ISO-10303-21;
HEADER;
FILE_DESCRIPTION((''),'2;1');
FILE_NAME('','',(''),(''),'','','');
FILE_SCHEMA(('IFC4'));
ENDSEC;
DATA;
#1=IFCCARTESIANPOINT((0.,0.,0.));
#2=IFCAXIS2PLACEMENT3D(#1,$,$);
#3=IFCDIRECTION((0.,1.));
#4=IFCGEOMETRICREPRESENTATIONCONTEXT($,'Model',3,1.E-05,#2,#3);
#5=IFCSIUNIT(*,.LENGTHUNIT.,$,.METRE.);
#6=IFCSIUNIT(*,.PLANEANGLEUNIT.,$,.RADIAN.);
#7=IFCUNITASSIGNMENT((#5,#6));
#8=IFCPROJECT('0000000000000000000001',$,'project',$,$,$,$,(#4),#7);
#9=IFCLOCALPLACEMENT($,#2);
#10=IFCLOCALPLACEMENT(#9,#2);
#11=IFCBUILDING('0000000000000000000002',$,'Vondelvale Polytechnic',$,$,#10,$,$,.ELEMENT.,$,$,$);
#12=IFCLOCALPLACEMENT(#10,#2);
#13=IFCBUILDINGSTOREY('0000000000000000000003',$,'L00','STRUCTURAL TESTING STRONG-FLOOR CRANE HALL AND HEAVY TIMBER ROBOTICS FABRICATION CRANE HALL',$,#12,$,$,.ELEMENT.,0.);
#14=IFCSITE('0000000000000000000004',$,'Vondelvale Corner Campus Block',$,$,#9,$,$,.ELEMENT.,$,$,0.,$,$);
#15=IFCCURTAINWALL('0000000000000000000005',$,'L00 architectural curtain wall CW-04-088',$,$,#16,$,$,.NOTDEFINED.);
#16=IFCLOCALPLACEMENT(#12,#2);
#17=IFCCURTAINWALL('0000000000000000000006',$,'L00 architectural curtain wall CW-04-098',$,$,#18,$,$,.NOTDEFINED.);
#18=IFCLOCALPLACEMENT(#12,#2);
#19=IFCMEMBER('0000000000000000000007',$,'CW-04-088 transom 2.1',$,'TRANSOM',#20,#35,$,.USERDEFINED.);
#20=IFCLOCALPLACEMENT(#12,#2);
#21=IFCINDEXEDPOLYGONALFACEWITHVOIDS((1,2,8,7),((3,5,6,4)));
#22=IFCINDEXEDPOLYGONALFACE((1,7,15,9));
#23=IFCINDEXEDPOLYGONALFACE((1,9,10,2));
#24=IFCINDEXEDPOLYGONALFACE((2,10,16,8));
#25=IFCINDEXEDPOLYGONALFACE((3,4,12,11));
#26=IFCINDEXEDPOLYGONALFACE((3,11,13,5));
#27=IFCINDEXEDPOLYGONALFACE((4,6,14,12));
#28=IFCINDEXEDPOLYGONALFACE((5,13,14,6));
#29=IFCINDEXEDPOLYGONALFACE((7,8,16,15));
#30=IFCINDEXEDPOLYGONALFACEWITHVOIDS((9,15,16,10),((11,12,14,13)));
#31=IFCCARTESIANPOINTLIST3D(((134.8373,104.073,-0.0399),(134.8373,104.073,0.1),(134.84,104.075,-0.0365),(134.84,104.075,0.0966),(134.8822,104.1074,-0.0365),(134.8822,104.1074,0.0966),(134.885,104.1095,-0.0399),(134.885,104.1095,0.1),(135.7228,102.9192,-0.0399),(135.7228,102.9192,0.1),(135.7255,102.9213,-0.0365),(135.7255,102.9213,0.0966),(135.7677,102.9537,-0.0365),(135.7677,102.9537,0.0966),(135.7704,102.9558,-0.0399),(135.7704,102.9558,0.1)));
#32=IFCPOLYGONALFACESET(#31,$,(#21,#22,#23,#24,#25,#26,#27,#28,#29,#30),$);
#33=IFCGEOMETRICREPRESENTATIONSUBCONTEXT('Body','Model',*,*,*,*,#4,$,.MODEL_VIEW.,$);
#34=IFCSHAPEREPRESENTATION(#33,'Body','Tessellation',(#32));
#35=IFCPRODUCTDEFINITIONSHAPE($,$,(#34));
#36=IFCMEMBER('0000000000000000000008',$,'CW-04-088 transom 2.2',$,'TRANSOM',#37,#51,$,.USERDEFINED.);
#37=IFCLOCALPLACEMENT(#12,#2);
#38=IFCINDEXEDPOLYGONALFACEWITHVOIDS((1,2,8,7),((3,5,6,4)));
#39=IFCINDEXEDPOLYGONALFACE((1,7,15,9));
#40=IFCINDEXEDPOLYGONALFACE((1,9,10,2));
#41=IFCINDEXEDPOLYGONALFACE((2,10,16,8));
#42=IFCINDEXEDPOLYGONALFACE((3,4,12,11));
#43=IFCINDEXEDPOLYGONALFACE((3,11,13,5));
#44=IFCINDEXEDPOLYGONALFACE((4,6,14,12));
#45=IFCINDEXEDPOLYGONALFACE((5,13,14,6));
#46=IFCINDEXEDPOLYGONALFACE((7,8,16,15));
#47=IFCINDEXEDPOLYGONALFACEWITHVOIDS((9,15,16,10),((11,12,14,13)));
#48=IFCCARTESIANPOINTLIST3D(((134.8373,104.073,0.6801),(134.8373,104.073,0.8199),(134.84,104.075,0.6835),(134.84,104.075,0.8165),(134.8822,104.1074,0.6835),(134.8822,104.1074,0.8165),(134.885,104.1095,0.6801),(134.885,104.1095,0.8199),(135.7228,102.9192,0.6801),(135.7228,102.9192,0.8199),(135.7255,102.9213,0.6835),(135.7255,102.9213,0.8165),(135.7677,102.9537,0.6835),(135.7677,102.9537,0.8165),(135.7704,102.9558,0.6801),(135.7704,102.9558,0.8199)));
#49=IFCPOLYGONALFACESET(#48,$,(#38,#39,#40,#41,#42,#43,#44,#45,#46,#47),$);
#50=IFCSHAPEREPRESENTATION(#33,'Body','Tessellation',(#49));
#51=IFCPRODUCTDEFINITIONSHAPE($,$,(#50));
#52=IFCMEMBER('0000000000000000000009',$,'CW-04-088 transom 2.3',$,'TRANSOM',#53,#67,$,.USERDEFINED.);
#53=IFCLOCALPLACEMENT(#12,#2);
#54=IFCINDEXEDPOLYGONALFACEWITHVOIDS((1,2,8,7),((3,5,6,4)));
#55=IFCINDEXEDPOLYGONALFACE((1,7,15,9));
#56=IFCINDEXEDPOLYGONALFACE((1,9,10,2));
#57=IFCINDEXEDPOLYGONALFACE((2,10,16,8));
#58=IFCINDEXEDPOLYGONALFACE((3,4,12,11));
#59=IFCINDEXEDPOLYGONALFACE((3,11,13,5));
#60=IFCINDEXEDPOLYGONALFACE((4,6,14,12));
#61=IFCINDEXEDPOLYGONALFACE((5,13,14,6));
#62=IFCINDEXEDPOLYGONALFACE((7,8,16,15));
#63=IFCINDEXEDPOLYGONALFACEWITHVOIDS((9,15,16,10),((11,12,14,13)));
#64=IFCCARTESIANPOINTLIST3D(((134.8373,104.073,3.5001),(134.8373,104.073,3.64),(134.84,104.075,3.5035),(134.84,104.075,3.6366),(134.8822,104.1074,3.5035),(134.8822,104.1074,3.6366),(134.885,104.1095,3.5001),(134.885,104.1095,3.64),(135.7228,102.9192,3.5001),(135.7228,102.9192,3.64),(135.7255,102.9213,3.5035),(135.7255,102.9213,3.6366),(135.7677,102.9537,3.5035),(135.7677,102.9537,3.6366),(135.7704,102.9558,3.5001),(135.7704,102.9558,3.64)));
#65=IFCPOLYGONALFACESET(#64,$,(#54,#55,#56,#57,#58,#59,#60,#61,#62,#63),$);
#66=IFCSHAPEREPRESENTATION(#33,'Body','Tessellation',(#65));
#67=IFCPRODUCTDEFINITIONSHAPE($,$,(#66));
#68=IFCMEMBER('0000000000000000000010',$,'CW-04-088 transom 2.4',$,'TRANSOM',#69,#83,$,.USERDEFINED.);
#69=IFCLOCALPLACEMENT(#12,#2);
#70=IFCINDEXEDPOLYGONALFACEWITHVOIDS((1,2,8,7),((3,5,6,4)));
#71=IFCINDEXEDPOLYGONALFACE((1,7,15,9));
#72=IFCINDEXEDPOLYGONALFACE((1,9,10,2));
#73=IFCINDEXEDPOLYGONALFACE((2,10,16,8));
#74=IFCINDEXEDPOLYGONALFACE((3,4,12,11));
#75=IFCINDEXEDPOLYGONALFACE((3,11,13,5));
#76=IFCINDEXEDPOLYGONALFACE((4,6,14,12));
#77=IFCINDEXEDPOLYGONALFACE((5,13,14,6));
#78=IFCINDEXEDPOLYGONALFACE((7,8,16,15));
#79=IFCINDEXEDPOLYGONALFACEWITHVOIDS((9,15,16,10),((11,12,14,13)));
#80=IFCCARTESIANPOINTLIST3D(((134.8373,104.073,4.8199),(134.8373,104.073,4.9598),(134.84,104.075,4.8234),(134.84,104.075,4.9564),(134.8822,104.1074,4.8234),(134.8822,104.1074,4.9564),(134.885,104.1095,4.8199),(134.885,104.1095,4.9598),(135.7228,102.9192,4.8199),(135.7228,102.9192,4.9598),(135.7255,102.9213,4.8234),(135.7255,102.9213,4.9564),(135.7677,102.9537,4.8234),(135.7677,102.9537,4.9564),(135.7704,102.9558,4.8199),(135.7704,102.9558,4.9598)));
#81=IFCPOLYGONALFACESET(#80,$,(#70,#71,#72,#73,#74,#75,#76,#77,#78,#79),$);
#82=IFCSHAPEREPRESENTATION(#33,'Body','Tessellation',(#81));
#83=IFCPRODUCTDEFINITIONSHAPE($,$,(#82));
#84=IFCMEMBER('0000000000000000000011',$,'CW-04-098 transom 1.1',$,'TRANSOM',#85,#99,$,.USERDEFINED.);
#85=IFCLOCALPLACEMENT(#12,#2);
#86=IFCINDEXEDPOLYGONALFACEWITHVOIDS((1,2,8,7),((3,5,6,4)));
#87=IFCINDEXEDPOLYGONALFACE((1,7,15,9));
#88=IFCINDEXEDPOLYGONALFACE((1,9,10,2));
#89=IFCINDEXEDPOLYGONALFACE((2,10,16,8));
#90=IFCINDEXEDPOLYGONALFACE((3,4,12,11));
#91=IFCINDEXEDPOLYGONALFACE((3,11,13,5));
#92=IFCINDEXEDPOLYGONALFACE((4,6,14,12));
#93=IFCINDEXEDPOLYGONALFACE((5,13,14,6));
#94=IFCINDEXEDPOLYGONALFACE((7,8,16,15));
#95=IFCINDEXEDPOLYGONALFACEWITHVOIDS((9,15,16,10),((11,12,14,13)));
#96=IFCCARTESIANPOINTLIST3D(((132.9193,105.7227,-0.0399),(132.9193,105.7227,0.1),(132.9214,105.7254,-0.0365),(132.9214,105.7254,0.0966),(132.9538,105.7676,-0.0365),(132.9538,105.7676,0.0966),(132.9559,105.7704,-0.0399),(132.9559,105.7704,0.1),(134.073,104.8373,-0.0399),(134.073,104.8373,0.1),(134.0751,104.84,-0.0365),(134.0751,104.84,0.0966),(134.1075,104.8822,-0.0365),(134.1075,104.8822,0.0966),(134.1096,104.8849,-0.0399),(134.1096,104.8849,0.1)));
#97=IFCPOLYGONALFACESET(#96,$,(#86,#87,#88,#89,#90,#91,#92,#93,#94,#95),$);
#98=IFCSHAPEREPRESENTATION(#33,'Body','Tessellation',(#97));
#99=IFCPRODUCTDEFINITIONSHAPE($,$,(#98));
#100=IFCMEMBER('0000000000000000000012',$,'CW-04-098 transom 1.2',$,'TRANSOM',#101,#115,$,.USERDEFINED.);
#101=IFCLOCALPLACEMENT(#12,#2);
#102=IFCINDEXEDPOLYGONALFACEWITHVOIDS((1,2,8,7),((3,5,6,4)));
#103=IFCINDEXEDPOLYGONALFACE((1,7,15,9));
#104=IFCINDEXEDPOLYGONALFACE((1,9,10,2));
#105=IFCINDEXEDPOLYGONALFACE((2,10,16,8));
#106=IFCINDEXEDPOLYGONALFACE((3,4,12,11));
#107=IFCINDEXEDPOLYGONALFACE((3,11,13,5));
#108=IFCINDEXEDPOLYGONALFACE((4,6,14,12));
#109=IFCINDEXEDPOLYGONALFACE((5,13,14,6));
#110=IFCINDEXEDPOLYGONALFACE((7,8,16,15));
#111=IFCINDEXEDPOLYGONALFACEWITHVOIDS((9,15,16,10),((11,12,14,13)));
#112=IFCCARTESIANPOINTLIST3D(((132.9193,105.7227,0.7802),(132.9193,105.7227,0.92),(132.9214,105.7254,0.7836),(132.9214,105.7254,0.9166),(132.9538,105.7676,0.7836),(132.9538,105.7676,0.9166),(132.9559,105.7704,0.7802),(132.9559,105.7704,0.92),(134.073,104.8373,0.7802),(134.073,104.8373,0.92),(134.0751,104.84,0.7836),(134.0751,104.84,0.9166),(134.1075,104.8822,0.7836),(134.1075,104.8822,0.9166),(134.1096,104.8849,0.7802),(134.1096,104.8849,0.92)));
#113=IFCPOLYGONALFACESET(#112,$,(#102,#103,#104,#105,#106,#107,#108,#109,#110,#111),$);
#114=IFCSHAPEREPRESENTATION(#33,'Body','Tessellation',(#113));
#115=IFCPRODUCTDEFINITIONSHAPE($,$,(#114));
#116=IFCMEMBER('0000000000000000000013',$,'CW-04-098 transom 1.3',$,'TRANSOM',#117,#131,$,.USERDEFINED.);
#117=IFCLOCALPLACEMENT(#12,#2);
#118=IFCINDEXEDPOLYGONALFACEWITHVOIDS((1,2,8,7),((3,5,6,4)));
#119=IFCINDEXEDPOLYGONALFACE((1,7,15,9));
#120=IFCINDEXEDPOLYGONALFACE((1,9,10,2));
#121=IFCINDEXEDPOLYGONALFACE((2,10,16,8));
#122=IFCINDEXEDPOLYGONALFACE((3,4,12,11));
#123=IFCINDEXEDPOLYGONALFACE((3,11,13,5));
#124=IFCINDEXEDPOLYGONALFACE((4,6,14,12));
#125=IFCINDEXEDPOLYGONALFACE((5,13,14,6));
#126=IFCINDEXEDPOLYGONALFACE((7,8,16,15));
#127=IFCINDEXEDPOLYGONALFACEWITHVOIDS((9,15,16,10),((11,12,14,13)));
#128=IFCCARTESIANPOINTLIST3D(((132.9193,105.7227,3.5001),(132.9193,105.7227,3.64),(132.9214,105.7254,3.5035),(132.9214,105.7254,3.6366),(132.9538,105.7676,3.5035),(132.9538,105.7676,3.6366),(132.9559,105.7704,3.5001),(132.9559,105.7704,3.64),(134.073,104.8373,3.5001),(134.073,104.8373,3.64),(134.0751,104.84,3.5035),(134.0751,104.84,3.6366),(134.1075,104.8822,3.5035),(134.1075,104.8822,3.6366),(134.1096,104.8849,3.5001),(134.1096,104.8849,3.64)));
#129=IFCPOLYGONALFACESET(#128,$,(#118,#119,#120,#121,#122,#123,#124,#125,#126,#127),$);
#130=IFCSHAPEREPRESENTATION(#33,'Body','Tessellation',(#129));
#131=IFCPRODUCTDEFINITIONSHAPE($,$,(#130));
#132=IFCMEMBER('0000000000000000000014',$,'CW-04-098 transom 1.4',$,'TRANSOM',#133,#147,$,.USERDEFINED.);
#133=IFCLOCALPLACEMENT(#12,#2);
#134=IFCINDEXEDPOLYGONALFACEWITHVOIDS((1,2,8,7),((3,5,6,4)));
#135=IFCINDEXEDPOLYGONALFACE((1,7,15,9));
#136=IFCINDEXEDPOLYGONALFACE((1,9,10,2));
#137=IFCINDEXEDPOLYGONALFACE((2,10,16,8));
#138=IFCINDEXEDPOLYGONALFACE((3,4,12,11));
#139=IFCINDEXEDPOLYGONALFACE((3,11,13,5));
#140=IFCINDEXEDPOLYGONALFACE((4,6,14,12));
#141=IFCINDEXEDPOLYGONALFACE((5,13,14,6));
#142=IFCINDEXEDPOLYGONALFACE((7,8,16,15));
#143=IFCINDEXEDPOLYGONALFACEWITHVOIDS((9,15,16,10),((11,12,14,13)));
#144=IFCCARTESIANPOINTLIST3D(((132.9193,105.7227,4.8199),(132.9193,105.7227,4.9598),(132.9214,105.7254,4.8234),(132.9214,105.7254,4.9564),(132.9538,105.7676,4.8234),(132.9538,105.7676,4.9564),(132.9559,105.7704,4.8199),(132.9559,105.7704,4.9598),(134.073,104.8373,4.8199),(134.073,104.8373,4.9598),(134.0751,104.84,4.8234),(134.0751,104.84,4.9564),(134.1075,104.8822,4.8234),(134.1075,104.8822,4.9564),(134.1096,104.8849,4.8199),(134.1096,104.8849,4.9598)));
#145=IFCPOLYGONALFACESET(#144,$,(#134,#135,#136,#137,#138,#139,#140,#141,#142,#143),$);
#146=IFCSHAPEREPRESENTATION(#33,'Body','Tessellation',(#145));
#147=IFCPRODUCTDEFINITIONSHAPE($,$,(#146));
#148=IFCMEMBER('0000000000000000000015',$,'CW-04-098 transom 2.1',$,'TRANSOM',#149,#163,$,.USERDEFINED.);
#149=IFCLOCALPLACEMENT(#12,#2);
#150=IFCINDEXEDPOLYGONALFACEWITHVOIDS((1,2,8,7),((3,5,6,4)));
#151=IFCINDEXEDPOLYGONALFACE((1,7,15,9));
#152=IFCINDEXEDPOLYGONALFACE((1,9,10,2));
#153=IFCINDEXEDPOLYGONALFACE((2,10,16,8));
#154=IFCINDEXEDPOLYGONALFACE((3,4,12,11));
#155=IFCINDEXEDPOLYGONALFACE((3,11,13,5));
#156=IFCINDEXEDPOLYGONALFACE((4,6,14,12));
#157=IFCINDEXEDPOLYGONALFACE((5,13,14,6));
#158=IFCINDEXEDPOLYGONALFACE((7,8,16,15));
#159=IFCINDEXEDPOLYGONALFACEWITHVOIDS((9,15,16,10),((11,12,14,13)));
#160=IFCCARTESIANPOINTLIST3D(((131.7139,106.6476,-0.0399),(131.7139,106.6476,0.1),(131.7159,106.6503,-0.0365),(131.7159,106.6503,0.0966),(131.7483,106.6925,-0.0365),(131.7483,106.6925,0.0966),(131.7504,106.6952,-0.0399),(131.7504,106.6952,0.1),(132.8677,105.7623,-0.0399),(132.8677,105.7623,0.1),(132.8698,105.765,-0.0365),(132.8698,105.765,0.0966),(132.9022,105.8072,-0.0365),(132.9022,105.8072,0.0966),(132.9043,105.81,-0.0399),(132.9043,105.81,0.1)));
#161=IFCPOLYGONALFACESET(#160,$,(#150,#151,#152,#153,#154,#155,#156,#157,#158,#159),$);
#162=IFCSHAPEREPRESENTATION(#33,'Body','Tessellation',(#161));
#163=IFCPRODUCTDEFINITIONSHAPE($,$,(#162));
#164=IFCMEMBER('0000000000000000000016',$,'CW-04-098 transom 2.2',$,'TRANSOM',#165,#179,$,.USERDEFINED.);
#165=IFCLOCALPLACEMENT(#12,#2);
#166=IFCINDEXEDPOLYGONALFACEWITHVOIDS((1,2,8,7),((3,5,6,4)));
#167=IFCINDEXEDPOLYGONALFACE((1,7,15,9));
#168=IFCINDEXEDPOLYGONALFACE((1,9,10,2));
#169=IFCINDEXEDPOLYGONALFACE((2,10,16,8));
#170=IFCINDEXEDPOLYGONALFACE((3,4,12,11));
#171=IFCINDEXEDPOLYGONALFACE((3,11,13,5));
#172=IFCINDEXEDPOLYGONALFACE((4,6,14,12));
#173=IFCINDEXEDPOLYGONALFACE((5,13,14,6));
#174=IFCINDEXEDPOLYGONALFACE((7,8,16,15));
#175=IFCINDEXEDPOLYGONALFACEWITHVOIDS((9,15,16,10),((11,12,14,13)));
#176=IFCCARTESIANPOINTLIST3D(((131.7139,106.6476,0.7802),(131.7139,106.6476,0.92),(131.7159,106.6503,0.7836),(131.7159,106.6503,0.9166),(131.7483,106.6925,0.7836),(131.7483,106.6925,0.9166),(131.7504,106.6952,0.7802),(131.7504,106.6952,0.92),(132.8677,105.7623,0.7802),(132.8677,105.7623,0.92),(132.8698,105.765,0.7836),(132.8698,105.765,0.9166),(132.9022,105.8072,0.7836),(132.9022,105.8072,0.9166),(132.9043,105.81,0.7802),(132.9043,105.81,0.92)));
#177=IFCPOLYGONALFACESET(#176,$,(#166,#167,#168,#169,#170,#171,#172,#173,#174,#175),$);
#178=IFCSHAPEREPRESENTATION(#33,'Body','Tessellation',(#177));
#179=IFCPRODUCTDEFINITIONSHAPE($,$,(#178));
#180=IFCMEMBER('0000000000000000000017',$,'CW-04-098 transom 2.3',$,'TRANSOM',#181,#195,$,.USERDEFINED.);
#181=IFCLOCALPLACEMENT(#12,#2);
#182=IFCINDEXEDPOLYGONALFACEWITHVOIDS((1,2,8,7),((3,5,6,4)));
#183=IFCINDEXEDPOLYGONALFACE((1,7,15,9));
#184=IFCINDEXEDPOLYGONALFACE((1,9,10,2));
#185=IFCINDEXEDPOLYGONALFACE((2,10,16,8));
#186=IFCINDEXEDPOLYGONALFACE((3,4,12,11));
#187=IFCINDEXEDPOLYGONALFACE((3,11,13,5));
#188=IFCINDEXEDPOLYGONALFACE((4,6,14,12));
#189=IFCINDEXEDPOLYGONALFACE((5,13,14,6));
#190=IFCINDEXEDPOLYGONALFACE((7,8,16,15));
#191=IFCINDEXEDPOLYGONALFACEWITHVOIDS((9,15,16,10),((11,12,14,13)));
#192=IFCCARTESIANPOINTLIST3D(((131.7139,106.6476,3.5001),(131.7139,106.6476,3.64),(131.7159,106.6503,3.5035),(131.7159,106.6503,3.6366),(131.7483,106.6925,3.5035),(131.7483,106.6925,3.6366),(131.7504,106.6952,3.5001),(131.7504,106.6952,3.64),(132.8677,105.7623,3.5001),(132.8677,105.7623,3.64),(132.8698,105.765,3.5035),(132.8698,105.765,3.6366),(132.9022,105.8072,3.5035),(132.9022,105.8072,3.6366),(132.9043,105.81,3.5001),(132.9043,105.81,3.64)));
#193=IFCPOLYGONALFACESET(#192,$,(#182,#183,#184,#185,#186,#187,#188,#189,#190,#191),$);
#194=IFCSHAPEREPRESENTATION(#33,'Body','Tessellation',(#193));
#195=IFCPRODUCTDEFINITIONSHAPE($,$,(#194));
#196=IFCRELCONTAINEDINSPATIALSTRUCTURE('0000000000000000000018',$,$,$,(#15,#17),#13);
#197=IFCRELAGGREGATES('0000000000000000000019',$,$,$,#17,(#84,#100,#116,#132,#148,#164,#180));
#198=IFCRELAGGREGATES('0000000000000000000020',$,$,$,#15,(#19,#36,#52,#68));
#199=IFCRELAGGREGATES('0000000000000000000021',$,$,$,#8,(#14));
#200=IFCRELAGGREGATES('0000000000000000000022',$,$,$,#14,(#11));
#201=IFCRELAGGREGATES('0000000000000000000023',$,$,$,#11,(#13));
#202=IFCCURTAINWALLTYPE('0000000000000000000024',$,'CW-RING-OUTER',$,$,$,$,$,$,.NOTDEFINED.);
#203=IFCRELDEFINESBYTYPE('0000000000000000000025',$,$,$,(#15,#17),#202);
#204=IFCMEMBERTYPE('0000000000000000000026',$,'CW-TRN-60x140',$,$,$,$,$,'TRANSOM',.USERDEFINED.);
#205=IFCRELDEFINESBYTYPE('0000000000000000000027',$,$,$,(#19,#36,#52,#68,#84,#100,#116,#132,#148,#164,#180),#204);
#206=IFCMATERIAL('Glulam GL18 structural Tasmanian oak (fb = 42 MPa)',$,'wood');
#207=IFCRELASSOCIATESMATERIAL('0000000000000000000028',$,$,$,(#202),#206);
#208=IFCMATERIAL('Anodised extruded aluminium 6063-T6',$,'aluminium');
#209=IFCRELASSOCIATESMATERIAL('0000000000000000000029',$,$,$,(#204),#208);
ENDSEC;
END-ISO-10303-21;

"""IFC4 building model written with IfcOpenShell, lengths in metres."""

from ifc_helpers import new_model, si_unit, direction, frame, origin, origin_2d, place, context, subcontext, project, spatial, hollow_rectangle, extrude, material, material_profile, profile_set, type_object, element, aggregate, save


model = new_model("IFC4")

# Units and contexts
model_context = context("Model", 3, precision=1e-05, world=origin(), true_north=direction((0.0, 1.0)))
body_context = subcontext(model_context, "Body", "Model", "MODEL_VIEW")
ifc_project = project(units=[si_unit("LENGTHUNIT", "METRE"), si_unit("PLANEANGLEUNIT", "RADIAN")], contexts=[model_context])

# Site, building, storey
site_placement = place(None, origin())
site = spatial("IfcSite", under=ifc_project, at=site_placement, Name="Vondelvale Corner Campus Block", CompositionType="ELEMENT", RefElevation=0.0)
building_placement = place(site_placement, origin())
building = spatial("IfcBuilding", under=site, at=building_placement, Name="Vondelvale Polytechnic", CompositionType="ELEMENT")
storey_placement = place(building_placement, origin())
storey = spatial("IfcBuildingStorey", under=building, at=storey_placement, Name="L00", Description="STRUCTURAL TESTING STRONG-FLOOR CRANE HALL AND HEAVY TIMBER ROBOTICS FABRICATION CRANE HALL", CompositionType="ELEMENT", Elevation=0.0)

# Curtain walls
ifc_material_1 = material(Name="Glulam GL18 structural Tasmanian oak (fb = 42 MPa)", Category="wood")
curtain_wall_type = type_object("IfcCurtainWallType", Name="CW-RING-OUTER", PredefinedType="NOTDEFINED", material=ifc_material_1)
curtain_wall_1_placement = place(storey_placement, origin())
curtain_wall_1 = element("IfcCurtainWall", 1, at=curtain_wall_1_placement, inside=storey, type_object=curtain_wall_type, Name="L00 architectural curtain wall CW-04-088", PredefinedType="NOTDEFINED")
ifc_material_2 = material(Name="Anodised extruded aluminium 6063-T6", Category="aluminium")
curtain_wall_2_placement = place(storey_placement, origin())
curtain_wall_2 = element("IfcCurtainWall", 2, at=curtain_wall_2_placement, inside=storey, type_object=curtain_wall_type, Name="L00 architectural curtain wall CW-04-098", PredefinedType="NOTDEFINED")

# Members
ifc_material_profile_1 = material_profile(ifc_material_2, hollow_rectangle(XDim=0.0601, YDim=0.1399, WallThickness=0.0034, at=origin_2d()), Name="CW-TRN-140x60")
ifc_profile_set_1 = profile_set([ifc_material_profile_1], Name="Anodised extruded aluminium 6063-T6")
member_type_1 = type_object("IfcMemberType", Name="CW-TRN-60x140", ElementType="TRANSOM", PredefinedType="USERDEFINED", material=ifc_profile_set_1)
member_1_placement = place(storey_placement, frame((135.7466, 102.9375, 0.03), z_axis=(-0.608826, 0.793304, 0.0), x_axis=(-0.793304, -0.608826, 0.0)))
member_1 = element("IfcMember", 3, at=member_1_placement, type_object=member_type_1, Name="CW-04-088 transom 2.1", ObjectType="TRANSOM", PredefinedType="USERDEFINED", context=body_context, shape_type="SweptSolid", body=[
    extrude(hollow_rectangle(XDim=0.0601, YDim=0.1399, WallThickness=0.0034, at=origin_2d()), origin(), (0.0, 0.0, 1.0), 1.4543),
])
member_2_placement = place(storey_placement, frame((135.7466, 102.9375, 0.75), z_axis=(-0.608826, 0.793304, 0.0), x_axis=(-0.793304, -0.608826, 0.0)))
member_2 = element("IfcMember", 4, at=member_2_placement, type_object=member_type_1, Name="CW-04-088 transom 2.2", ObjectType="TRANSOM", PredefinedType="USERDEFINED", context=body_context, shape_type="SweptSolid", body=[
    extrude(hollow_rectangle(XDim=0.0601, YDim=0.1399, WallThickness=0.0034, at=origin_2d()), origin(), (0.0, 0.0, 1.0), 1.4543),
])
member_3_placement = place(storey_placement, frame((135.7466, 102.9375, 3.5701), z_axis=(-0.608826, 0.793304, 0.0), x_axis=(-0.793304, -0.608826, 0.0)))
member_3 = element("IfcMember", 5, at=member_3_placement, type_object=member_type_1, Name="CW-04-088 transom 2.3", ObjectType="TRANSOM", PredefinedType="USERDEFINED", context=body_context, shape_type="SweptSolid", body=[
    extrude(hollow_rectangle(XDim=0.0601, YDim=0.1399, WallThickness=0.0034, at=origin_2d()), origin(), (0.0, 0.0, 1.0), 1.4543),
])
member_4_placement = place(storey_placement, frame((135.7466, 102.9375, 4.8899), z_axis=(-0.608826, 0.793304, 0.0), x_axis=(-0.793304, -0.608826, 0.0)))
member_4 = element("IfcMember", 6, at=member_4_placement, type_object=member_type_1, Name="CW-04-088 transom 2.4", ObjectType="TRANSOM", PredefinedType="USERDEFINED", context=body_context, shape_type="SweptSolid", body=[
    extrude(hollow_rectangle(XDim=0.0601, YDim=0.1399, WallThickness=0.0034, at=origin_2d()), origin(), (0.0, 0.0, 1.0), 1.4543),
])
member_5_placement = place(storey_placement, frame((134.0913, 104.8611, 0.03), z_axis=(-0.793304, 0.608826, 0.0), x_axis=(-0.608826, -0.793304, 0.0)))
member_5 = element("IfcMember", 7, at=member_5_placement, type_object=member_type_1, Name="CW-04-098 transom 1.1", ObjectType="TRANSOM", PredefinedType="USERDEFINED", context=body_context, shape_type="SweptSolid", body=[
    extrude(hollow_rectangle(XDim=0.0601, YDim=0.1399, WallThickness=0.0034, at=origin_2d()), origin(), (0.0, 0.0, 1.0), 1.4543),
])
member_6_placement = place(storey_placement, frame((134.0913, 104.8611, 0.8501), z_axis=(-0.793304, 0.608826, 0.0), x_axis=(-0.608826, -0.793304, 0.0)))
member_6 = element("IfcMember", 8, at=member_6_placement, type_object=member_type_1, Name="CW-04-098 transom 1.2", ObjectType="TRANSOM", PredefinedType="USERDEFINED", context=body_context, shape_type="SweptSolid", body=[
    extrude(hollow_rectangle(XDim=0.0601, YDim=0.1399, WallThickness=0.0034, at=origin_2d()), origin(), (0.0, 0.0, 1.0), 1.4543),
])
member_7_placement = place(storey_placement, frame((134.0913, 104.8611, 3.5701), z_axis=(-0.793304, 0.608826, 0.0), x_axis=(-0.608826, -0.793304, 0.0)))
member_7 = element("IfcMember", 9, at=member_7_placement, type_object=member_type_1, Name="CW-04-098 transom 1.3", ObjectType="TRANSOM", PredefinedType="USERDEFINED", context=body_context, shape_type="SweptSolid", body=[
    extrude(hollow_rectangle(XDim=0.0601, YDim=0.1399, WallThickness=0.0034, at=origin_2d()), origin(), (0.0, 0.0, 1.0), 1.4543),
])
member_8_placement = place(storey_placement, frame((134.0913, 104.8611, 4.8899), z_axis=(-0.793304, 0.608826, 0.0), x_axis=(-0.608826, -0.793304, 0.0)))
member_8 = element("IfcMember", 10, at=member_8_placement, type_object=member_type_1, Name="CW-04-098 transom 1.4", ObjectType="TRANSOM", PredefinedType="USERDEFINED", context=body_context, shape_type="SweptSolid", body=[
    extrude(hollow_rectangle(XDim=0.0601, YDim=0.1399, WallThickness=0.0034, at=origin_2d()), origin(), (0.0, 0.0, 1.0), 1.4543),
])
member_9_placement = place(storey_placement, frame((132.886, 105.7861, 0.03), z_axis=(-0.793385, 0.608721, 0.0), x_axis=(-0.608721, -0.793385, 0.0)))
member_9 = element("IfcMember", 11, at=member_9_placement, type_object=member_type_1, Name="CW-04-098 transom 2.1", ObjectType="TRANSOM", PredefinedType="USERDEFINED", context=body_context, shape_type="SweptSolid", body=[
    extrude(hollow_rectangle(XDim=0.0601, YDim=0.1399, WallThickness=0.0034, at=origin_2d()), origin(), (0.0, 0.0, 1.0), 1.4543),
])
member_10_placement = place(storey_placement, frame((132.886, 105.7861, 0.8501), z_axis=(-0.793385, 0.608721, 0.0), x_axis=(-0.608721, -0.793385, 0.0)))
member_10 = element("IfcMember", 12, at=member_10_placement, type_object=member_type_1, Name="CW-04-098 transom 2.2", ObjectType="TRANSOM", PredefinedType="USERDEFINED", context=body_context, shape_type="SweptSolid", body=[
    extrude(hollow_rectangle(XDim=0.0601, YDim=0.1399, WallThickness=0.0034, at=origin_2d()), origin(), (0.0, 0.0, 1.0), 1.4543),
])
member_11_placement = place(storey_placement, frame((132.886, 105.7861, 3.5701), z_axis=(-0.793385, 0.608721, 0.0), x_axis=(-0.608721, -0.793385, 0.0)))
member_11 = element("IfcMember", 13, at=member_11_placement, type_object=member_type_1, Name="CW-04-098 transom 2.3", ObjectType="TRANSOM", PredefinedType="USERDEFINED", context=body_context, shape_type="SweptSolid", body=[
    extrude(hollow_rectangle(XDim=0.0601, YDim=0.1399, WallThickness=0.0034, at=origin_2d()), origin(), (0.0, 0.0, 1.0), 1.4543),
])

aggregate(curtain_wall_2, [member_5, member_6, member_7, member_8, member_9, member_10, member_11])
aggregate(curtain_wall_1, [member_1, member_2, member_3, member_4])

save(model, "model.ifc")
